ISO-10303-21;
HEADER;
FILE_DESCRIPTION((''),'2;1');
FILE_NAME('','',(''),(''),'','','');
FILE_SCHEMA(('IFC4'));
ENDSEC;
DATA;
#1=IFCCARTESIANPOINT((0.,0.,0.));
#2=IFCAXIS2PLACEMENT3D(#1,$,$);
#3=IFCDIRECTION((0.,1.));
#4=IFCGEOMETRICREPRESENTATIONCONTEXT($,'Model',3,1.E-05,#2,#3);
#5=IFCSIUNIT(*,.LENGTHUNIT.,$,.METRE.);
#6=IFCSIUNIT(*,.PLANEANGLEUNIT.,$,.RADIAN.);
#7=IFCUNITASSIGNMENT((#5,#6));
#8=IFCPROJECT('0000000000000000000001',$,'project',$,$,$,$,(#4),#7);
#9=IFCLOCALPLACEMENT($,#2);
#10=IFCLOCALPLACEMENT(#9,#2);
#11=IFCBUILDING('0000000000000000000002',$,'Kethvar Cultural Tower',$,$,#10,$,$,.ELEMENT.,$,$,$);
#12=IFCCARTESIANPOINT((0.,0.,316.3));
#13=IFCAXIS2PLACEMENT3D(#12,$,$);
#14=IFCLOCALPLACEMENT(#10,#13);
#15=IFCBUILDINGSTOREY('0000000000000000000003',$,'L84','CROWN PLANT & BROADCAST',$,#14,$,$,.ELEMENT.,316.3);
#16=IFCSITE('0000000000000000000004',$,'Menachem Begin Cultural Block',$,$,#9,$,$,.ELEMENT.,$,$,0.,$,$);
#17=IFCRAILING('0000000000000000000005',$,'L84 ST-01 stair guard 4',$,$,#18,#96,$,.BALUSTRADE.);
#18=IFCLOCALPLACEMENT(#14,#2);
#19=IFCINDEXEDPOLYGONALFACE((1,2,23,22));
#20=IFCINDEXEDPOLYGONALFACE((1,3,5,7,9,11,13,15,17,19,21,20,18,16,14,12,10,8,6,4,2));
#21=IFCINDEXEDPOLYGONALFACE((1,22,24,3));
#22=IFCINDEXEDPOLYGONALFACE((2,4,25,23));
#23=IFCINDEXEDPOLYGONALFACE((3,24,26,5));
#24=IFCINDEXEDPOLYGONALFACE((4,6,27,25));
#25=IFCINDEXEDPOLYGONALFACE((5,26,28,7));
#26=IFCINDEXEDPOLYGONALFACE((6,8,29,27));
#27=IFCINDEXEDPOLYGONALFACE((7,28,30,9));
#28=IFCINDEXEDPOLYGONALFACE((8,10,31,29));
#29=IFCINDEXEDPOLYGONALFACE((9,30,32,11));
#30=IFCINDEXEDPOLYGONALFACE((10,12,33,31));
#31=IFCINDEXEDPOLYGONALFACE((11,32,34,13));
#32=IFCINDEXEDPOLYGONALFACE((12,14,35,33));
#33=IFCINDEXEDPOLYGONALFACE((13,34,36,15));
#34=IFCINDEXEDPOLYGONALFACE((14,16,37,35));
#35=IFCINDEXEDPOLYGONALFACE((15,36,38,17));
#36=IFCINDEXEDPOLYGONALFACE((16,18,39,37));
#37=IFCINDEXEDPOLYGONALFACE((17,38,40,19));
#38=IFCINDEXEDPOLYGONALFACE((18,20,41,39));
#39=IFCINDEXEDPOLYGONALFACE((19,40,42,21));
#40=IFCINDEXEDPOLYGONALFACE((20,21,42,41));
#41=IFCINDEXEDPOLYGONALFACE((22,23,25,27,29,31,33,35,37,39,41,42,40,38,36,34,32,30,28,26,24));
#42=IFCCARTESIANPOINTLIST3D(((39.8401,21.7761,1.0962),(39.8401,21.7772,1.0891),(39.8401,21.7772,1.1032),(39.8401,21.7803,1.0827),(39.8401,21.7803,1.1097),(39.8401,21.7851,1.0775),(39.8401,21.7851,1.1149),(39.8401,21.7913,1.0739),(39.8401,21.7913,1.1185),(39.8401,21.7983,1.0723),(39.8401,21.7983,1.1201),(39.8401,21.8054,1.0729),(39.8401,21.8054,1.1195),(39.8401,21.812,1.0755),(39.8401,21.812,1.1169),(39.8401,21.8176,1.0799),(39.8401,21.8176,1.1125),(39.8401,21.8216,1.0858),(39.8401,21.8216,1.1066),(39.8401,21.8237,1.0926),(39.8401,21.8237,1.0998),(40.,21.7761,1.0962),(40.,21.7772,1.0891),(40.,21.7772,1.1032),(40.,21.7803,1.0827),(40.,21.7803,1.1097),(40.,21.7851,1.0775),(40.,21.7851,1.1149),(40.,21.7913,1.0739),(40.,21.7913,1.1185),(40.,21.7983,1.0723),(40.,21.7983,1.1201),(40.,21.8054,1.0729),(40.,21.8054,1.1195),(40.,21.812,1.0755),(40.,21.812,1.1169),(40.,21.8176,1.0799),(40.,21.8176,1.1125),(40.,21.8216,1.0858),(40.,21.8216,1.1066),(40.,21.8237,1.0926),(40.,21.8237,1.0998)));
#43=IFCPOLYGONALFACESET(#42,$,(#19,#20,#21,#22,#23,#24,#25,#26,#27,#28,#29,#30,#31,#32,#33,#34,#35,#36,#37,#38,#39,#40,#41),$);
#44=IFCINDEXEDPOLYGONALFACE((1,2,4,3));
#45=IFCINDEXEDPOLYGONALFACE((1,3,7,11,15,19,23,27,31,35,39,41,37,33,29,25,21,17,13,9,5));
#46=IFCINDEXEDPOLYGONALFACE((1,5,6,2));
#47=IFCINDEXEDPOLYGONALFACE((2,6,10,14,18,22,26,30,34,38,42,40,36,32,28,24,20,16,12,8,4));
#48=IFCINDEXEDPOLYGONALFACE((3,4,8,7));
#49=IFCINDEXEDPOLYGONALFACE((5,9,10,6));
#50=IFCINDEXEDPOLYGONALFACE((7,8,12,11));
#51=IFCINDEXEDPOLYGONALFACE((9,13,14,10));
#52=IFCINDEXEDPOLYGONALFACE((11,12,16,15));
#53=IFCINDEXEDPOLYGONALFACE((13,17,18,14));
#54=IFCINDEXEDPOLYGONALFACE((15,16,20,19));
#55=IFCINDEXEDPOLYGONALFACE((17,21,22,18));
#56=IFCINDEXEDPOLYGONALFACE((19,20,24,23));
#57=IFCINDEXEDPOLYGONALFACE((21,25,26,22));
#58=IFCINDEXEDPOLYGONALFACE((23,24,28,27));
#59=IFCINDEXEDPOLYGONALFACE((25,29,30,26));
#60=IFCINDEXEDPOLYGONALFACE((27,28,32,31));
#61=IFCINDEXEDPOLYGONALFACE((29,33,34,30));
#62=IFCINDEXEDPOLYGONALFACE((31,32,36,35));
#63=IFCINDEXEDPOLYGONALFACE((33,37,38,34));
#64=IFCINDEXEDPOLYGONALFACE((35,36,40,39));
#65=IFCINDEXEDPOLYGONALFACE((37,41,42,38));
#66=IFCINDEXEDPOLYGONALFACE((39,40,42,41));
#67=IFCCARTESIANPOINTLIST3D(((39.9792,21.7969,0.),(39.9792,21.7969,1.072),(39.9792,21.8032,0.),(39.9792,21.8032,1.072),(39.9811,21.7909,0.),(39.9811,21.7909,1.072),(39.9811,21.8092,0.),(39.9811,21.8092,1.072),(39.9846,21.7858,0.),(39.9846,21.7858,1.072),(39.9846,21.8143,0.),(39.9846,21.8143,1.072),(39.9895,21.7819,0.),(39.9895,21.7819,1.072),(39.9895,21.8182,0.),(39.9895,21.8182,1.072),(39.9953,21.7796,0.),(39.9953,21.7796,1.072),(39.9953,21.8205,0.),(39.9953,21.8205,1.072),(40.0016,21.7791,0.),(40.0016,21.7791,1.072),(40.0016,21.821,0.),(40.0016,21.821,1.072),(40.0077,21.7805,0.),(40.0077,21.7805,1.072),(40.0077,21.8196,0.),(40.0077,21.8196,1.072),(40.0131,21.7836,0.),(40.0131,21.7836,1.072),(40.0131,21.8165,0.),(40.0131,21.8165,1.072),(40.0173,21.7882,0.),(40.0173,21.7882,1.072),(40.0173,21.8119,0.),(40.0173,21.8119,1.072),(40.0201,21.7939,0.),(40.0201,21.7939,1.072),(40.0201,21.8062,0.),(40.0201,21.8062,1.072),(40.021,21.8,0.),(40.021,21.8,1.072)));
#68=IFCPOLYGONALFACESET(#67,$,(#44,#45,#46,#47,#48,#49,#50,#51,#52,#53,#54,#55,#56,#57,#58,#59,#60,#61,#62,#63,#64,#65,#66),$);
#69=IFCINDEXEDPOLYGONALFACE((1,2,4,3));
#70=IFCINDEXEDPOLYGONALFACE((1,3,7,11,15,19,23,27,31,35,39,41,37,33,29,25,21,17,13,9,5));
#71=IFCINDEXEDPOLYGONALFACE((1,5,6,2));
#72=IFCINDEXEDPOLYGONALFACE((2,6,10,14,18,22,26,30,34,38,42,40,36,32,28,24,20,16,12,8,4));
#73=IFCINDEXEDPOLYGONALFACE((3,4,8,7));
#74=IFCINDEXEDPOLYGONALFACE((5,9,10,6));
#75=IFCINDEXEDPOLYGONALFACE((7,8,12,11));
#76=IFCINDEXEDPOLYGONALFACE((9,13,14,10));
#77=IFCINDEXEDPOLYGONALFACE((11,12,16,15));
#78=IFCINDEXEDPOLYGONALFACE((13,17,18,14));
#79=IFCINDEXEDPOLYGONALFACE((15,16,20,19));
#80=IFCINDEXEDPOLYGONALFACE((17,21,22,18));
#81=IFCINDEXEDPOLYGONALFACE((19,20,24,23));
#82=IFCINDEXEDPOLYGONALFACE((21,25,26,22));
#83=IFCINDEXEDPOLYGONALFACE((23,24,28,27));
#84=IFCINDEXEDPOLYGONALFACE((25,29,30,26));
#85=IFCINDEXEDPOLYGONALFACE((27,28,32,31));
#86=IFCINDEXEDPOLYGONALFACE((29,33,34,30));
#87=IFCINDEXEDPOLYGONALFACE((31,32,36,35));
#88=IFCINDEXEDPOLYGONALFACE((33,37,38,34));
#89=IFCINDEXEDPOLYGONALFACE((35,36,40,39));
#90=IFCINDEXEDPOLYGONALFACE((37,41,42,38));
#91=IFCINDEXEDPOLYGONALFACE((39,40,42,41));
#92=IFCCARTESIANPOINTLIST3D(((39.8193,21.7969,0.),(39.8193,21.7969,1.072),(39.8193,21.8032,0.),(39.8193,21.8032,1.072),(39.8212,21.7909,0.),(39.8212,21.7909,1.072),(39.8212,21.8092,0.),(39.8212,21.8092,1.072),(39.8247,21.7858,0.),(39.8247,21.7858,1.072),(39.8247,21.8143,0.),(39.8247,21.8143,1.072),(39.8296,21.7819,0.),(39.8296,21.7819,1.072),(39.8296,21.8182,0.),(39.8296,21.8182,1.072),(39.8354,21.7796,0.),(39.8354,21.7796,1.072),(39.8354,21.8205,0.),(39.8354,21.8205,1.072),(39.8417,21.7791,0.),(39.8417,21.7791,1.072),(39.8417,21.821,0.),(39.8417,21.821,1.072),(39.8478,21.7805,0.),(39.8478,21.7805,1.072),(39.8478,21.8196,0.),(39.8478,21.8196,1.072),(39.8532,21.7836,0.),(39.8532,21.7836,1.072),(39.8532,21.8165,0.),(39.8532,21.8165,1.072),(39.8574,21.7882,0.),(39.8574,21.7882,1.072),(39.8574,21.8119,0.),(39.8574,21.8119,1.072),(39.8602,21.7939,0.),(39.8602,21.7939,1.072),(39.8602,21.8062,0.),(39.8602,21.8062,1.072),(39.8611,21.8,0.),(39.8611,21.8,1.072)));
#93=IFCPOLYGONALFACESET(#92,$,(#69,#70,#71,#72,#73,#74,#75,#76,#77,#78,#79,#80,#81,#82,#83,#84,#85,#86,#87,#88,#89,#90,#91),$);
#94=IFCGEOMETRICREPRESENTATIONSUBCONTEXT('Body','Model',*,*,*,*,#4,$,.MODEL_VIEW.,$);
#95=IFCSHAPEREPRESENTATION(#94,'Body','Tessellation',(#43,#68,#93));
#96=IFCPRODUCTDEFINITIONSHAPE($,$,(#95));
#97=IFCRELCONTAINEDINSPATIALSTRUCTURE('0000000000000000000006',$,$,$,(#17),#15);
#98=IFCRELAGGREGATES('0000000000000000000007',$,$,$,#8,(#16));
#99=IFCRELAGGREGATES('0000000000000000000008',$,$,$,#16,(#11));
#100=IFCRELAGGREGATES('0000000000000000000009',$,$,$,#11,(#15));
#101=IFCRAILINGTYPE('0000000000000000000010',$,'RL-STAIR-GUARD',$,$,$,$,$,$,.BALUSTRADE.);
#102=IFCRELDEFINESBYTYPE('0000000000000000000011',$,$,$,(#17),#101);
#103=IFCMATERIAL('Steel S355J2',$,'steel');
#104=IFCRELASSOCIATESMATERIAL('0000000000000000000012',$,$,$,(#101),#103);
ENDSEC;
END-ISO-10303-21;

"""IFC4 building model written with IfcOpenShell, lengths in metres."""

from ifc_helpers import new_model, si_unit, direction, frame, origin, origin_2d, place, context, subcontext, project, spatial, circle, extrude, material, type_object, element, save


model = new_model("IFC4")

# Units and contexts
model_context = context("Model", 3, precision=1e-05, world=origin(), true_north=direction((0.0, 1.0)))
body_context = subcontext(model_context, "Body", "Model", "MODEL_VIEW")
ifc_project = project(units=[si_unit("LENGTHUNIT", "METRE"), si_unit("PLANEANGLEUNIT", "RADIAN")], contexts=[model_context])

# Site, building, storey
site_placement = place(None, origin())
site = spatial("IfcSite", under=ifc_project, at=site_placement, Name="Menachem Begin Cultural Block", CompositionType="ELEMENT", RefElevation=0.0)
building_placement = place(site_placement, origin())
building = spatial("IfcBuilding", under=site, at=building_placement, Name="Kethvar Cultural Tower", CompositionType="ELEMENT")
storey_placement = place(building_placement, frame((0.0, 0.0, 316.3)))
storey = spatial("IfcBuildingStorey", under=building, at=storey_placement, Name="L84", Description="CROWN PLANT & BROADCAST", CompositionType="ELEMENT", Elevation=316.3)

# Shared definitions
ifc_material_1 = material(Name="Steel S355J2", Category="steel")

# Railing
railing_type_1 = type_object("IfcRailingType", Name="RL-STAIR-GUARD", PredefinedType="BALUSTRADE", material=ifc_material_1)
railing_1_placement = place(storey_placement, frame((40.0, 21.8, 0.0)))
element("IfcRailing", 1, at=railing_1_placement, inside=storey, type_object=railing_type_1, Name="L84 ST-01 stair guard 4", PredefinedType="BALUSTRADE", context=body_context, shape_type="SweptSolid", body=[
    extrude(circle(Radius=0.0239, at=origin_2d()), frame((0.0, 0.0, 1.0962), z_axis=(-1.0, 0.0, 0.0), x_axis=(0.0, -1.0, 0.0)), (0.0, 0.0, 1.0), 0.1599),
    extrude(circle(Radius=0.021, at=origin_2d()), origin(), (0.0, 0.0, 1.0), 1.072),
    extrude(circle(Radius=0.021, at=origin_2d()), frame((-0.1599, 0.0, 0.0)), (0.0, 0.0, 1.0), 1.072),
])

save(model, "model.ifc")
